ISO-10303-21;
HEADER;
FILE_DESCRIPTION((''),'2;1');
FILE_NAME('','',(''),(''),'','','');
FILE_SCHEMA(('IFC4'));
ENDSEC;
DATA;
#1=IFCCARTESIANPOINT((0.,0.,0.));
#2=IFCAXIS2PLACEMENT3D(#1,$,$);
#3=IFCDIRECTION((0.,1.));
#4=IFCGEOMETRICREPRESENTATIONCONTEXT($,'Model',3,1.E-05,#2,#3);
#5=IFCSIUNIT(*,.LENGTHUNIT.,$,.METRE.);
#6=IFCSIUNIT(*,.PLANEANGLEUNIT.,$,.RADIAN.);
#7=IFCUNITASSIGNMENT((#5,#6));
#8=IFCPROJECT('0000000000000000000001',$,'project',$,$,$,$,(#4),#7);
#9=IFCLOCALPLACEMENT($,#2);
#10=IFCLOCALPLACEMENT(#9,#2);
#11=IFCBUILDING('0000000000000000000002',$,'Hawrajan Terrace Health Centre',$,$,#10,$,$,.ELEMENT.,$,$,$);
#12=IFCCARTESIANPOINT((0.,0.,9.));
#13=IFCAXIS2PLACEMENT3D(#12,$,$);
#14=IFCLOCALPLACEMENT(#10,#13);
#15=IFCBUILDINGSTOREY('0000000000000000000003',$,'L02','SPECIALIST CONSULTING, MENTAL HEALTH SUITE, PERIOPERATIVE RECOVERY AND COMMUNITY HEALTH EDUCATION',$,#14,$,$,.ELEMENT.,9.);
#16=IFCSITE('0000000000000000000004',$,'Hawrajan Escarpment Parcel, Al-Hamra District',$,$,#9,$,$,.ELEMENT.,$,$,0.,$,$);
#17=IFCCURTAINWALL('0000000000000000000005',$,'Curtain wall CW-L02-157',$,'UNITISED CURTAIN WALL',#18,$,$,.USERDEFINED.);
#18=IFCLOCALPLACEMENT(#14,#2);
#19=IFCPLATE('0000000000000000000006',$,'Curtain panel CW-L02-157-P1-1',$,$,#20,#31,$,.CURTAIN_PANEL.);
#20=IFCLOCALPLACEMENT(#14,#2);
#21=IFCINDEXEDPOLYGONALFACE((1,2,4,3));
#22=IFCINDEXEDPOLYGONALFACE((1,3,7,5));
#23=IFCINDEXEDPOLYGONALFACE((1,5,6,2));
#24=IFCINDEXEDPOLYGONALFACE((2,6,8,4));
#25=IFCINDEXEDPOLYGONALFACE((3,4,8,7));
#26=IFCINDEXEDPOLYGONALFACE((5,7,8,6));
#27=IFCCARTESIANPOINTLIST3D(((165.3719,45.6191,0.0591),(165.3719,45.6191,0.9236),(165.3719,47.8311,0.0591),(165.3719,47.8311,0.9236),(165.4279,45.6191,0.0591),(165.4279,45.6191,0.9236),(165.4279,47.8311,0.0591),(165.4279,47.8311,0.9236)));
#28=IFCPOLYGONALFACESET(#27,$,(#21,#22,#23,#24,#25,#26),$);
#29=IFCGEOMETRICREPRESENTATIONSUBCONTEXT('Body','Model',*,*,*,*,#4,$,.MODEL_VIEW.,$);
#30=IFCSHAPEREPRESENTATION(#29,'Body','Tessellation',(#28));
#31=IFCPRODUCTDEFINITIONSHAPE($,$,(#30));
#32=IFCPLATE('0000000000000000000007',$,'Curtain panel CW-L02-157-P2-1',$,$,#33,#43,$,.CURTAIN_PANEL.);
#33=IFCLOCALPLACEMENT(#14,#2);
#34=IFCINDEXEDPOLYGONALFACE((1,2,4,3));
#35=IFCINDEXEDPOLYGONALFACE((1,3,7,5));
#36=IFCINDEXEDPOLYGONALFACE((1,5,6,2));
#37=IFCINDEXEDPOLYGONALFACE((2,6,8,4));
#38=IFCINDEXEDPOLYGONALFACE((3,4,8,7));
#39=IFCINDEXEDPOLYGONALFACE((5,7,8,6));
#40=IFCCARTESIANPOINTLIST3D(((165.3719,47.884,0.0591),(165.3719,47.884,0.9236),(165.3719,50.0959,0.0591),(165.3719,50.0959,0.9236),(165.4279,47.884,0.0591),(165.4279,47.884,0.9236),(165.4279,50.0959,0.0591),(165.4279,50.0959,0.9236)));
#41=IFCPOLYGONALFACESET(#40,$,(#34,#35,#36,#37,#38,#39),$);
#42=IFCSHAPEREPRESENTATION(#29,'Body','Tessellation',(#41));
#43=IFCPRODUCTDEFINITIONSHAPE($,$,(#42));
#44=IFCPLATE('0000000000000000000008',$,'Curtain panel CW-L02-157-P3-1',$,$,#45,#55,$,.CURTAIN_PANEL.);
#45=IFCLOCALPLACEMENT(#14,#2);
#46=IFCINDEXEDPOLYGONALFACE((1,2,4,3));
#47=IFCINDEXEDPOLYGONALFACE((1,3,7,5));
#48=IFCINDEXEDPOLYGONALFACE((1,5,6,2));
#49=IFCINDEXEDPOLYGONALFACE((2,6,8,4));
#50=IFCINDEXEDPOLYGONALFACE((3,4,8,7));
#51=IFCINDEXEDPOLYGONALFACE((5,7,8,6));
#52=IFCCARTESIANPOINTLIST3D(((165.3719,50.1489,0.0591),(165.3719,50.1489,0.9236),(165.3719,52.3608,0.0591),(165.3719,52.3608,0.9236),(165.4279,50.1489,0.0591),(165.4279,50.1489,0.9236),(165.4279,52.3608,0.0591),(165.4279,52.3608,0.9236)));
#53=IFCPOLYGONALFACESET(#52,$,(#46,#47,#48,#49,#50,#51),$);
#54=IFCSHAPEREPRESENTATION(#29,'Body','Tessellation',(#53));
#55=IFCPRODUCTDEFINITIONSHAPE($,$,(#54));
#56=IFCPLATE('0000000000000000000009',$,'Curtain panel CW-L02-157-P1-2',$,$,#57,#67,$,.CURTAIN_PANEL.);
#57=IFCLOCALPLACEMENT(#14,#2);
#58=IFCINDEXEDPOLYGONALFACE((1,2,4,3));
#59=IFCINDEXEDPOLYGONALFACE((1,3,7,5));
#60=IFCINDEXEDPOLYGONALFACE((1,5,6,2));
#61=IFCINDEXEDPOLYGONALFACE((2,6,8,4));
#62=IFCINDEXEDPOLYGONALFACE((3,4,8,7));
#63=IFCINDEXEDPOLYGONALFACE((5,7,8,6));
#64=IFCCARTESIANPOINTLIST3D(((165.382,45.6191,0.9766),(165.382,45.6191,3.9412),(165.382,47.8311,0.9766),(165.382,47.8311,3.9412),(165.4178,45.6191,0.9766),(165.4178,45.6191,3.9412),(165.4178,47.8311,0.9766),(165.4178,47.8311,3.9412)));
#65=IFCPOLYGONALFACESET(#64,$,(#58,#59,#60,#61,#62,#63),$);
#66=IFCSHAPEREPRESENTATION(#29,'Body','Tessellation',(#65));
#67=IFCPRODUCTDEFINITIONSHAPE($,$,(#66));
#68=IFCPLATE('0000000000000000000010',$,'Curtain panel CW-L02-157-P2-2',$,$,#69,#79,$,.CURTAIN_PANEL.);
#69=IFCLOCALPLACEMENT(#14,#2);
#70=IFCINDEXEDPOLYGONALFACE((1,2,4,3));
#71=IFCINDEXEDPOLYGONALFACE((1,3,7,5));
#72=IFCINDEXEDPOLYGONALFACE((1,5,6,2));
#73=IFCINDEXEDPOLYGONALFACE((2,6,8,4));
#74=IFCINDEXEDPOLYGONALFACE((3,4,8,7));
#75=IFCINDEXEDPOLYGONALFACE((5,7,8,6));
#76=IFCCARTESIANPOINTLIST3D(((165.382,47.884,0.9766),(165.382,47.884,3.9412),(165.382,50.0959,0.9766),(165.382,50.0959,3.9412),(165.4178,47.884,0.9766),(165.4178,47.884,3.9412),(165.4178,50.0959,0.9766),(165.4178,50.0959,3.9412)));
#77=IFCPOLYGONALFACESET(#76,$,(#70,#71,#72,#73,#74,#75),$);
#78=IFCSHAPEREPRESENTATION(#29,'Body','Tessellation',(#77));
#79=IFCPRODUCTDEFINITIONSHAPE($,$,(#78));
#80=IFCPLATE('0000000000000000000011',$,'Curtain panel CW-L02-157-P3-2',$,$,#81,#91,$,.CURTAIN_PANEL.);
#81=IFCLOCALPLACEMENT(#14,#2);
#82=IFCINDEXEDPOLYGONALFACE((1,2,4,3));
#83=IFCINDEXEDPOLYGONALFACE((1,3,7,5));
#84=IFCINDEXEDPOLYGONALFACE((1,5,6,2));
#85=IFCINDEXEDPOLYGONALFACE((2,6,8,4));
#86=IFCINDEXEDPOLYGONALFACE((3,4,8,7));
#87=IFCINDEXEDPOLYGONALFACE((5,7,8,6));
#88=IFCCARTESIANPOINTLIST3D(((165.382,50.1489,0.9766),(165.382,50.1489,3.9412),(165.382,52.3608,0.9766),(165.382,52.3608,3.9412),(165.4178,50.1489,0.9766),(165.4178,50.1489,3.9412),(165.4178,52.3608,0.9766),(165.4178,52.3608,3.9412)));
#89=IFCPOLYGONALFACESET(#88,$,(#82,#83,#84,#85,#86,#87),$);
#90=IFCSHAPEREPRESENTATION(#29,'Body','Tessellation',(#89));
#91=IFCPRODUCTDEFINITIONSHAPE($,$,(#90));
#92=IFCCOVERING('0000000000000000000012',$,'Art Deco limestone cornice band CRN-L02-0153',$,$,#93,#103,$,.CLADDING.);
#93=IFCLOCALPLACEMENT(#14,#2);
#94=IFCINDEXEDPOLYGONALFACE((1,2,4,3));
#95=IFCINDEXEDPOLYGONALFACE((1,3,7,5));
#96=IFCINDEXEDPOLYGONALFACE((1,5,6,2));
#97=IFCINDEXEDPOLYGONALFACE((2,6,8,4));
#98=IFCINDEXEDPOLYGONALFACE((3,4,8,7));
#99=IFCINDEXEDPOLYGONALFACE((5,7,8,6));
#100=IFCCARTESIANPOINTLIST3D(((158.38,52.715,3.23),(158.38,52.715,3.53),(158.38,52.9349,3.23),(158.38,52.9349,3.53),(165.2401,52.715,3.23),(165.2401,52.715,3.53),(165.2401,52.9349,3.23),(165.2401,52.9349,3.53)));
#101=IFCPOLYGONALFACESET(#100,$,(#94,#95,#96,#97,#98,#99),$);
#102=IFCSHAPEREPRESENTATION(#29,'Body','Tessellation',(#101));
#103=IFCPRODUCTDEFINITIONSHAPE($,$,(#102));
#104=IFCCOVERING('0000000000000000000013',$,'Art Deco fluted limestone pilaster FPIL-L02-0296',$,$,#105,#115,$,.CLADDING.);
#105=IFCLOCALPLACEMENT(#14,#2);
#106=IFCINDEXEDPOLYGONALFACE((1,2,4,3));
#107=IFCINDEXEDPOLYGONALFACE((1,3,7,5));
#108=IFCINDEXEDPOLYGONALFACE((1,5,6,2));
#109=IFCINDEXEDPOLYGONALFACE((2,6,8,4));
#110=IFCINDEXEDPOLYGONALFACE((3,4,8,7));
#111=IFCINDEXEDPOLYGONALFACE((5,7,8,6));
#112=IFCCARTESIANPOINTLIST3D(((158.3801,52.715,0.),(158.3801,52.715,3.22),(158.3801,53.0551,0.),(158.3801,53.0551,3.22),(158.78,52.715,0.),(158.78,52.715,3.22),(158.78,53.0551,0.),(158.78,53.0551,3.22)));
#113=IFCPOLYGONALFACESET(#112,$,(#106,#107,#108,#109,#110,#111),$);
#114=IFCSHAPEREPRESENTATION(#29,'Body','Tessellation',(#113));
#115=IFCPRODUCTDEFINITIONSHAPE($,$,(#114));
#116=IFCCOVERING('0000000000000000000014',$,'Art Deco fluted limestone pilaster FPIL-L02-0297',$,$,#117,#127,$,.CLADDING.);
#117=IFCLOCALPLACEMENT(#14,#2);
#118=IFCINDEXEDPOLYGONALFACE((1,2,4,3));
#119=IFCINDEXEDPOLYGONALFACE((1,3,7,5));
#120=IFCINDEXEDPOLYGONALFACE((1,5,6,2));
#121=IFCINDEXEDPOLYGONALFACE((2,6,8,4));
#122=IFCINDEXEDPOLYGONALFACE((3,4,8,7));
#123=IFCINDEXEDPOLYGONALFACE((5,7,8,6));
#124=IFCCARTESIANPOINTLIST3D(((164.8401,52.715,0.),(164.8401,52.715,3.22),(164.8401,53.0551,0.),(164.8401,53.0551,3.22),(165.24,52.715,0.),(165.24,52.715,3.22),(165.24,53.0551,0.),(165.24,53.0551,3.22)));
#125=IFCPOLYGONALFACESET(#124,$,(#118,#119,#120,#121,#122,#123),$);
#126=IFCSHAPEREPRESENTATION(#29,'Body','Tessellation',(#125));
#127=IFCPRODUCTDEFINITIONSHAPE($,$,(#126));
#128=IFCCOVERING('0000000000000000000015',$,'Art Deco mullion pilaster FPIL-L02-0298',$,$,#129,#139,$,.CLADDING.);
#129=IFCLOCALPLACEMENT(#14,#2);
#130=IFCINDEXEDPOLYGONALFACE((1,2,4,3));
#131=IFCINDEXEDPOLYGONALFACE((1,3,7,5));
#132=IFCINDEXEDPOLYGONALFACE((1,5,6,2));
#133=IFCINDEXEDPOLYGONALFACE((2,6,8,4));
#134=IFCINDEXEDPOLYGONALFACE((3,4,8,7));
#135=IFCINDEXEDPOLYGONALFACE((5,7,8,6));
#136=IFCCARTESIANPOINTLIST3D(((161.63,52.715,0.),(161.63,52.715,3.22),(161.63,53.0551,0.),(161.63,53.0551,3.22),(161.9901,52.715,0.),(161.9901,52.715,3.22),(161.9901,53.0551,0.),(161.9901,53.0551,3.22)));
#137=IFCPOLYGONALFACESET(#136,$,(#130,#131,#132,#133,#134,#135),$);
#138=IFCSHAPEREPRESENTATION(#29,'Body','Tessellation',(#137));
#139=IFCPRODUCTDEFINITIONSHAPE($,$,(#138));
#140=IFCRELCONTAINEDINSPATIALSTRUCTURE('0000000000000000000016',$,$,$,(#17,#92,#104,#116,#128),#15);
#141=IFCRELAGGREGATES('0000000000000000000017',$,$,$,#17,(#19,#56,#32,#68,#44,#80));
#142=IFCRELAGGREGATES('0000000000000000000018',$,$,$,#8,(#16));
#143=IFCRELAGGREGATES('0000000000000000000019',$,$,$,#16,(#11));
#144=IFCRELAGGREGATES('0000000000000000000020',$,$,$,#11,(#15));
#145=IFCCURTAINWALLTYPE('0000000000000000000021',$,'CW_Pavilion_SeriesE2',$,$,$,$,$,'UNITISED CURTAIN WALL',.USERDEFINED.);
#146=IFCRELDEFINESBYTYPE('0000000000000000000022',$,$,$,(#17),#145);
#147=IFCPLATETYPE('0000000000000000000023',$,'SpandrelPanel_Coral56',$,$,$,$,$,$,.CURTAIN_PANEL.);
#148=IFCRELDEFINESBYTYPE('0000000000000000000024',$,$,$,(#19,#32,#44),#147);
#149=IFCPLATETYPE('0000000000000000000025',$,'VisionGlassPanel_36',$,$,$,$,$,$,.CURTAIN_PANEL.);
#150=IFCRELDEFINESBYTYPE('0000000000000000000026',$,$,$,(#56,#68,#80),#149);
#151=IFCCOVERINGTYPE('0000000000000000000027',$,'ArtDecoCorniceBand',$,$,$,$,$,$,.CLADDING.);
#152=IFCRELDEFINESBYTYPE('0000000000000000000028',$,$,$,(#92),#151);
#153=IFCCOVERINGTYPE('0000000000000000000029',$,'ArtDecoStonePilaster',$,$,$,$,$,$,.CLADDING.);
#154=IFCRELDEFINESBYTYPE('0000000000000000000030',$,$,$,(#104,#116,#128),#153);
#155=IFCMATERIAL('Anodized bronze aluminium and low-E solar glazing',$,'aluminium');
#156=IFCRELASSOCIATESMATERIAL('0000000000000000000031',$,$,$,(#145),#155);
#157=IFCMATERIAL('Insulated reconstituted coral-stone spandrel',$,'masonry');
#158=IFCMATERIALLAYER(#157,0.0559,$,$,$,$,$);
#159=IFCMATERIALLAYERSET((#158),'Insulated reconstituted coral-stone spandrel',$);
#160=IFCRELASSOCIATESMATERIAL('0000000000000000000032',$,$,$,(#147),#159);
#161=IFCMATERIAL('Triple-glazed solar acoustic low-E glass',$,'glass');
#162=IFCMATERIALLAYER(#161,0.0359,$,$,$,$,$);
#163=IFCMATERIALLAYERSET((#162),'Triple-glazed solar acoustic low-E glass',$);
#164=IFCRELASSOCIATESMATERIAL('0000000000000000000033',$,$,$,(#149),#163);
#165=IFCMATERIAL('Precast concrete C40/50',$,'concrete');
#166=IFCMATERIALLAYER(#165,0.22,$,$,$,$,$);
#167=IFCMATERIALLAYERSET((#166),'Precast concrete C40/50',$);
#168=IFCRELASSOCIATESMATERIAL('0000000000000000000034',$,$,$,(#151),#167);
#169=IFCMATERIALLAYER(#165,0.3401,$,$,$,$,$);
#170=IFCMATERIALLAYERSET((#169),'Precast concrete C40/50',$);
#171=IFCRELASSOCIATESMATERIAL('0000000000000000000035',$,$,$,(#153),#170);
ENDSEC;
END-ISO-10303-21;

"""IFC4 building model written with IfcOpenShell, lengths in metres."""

from ifc_helpers import new_model, si_unit, direction, frame, origin, origin_2d, place, context, subcontext, project, spatial, rectangle, extrude, material, layer, layer_set, type_object, element, aggregate, save


model = new_model("IFC4")

# Units and contexts
model_context = context("Model", 3, precision=1e-05, world=origin(), true_north=direction((0.0, 1.0)))
body_context = subcontext(model_context, "Body", "Model", "MODEL_VIEW")
ifc_project = project(units=[si_unit("LENGTHUNIT", "METRE"), si_unit("PLANEANGLEUNIT", "RADIAN")], contexts=[model_context])

# Site, building, storey
site_placement = place(None, origin())
site = spatial("IfcSite", under=ifc_project, at=site_placement, Name="Hawrajan Escarpment Parcel, Al-Hamra District", CompositionType="ELEMENT", RefElevation=0.0)
building_placement = place(site_placement, origin())
building = spatial("IfcBuilding", under=site, at=building_placement, Name="Hawrajan Terrace Health Centre", CompositionType="ELEMENT")
storey_placement = place(building_placement, frame((0.0, 0.0, 9.0)))
storey = spatial("IfcBuildingStorey", under=building, at=storey_placement, Name="L02", Description="SPECIALIST CONSULTING, MENTAL HEALTH SUITE, PERIOPERATIVE RECOVERY AND COMMUNITY HEALTH EDUCATION", CompositionType="ELEMENT", Elevation=9.0)

# Curtain wall, plates
ifc_material_1 = material(Name="Anodized bronze aluminium and low-E solar glazing", Category="aluminium")
curtain_wall_type = type_object("IfcCurtainWallType", Name="CW_Pavilion_SeriesE2", ElementType="UNITISED CURTAIN WALL", PredefinedType="USERDEFINED", material=ifc_material_1)
curtain_wall_placement = place(storey_placement, origin())
curtain_wall = element("IfcCurtainWall", 1, at=curtain_wall_placement, inside=storey, type_object=curtain_wall_type, Name="Curtain wall CW-L02-157", ObjectType="UNITISED CURTAIN WALL", PredefinedType="USERDEFINED")
ifc_material_2 = material(Name="Insulated reconstituted coral-stone spandrel", Category="masonry")
ifc_layer_1 = layer(ifc_material_2, 0.0559)
ifc_layer_set_1 = layer_set([ifc_layer_1], Name="Insulated reconstituted coral-stone spandrel")
plate_type_1 = type_object("IfcPlateType", Name="SpandrelPanel_Coral56", PredefinedType="CURTAIN_PANEL", material=ifc_layer_set_1)
plate_1_placement = place(storey_placement, frame((165.3999, 46.7251, 0.0591), z_axis=(0.0, 0.0, 1.0), x_axis=(0.0, 1.0, 0.0)))
plate_1 = element("IfcPlate", 2, at=plate_1_placement, type_object=plate_type_1, Name="Curtain panel CW-L02-157-P1-1", PredefinedType="CURTAIN_PANEL", context=body_context, shape_type="SweptSolid", body=[
    extrude(rectangle(XDim=2.2119, YDim=0.0559, at=origin_2d()), origin(), (0.0, 0.0, 1.0), 0.8645),
])
plate_2_placement = place(storey_placement, frame((165.3999, 48.99, 0.0591), z_axis=(0.0, 0.0, 1.0), x_axis=(0.0, 1.0, 0.0)))
plate_2 = element("IfcPlate", 3, at=plate_2_placement, type_object=plate_type_1, Name="Curtain panel CW-L02-157-P2-1", PredefinedType="CURTAIN_PANEL", context=body_context, shape_type="SweptSolid", body=[
    extrude(rectangle(XDim=2.2119, YDim=0.0559, at=origin_2d()), origin(), (0.0, 0.0, 1.0), 0.8645),
])
plate_3_placement = place(storey_placement, frame((165.3999, 51.2549, 0.0591), z_axis=(0.0, 0.0, 1.0), x_axis=(0.0, 1.0, 0.0)))
plate_3 = element("IfcPlate", 4, at=plate_3_placement, type_object=plate_type_1, Name="Curtain panel CW-L02-157-P3-1", PredefinedType="CURTAIN_PANEL", context=body_context, shape_type="SweptSolid", body=[
    extrude(rectangle(XDim=2.2119, YDim=0.0559, at=origin_2d()), origin(), (0.0, 0.0, 1.0), 0.8645),
])
ifc_material_3 = material(Name="Triple-glazed solar acoustic low-E glass", Category="glass")
ifc_layer_2 = layer(ifc_material_3, 0.0359)
ifc_layer_set_2 = layer_set([ifc_layer_2], Name="Triple-glazed solar acoustic low-E glass")
plate_type_2 = type_object("IfcPlateType", Name="VisionGlassPanel_36", PredefinedType="CURTAIN_PANEL", material=ifc_layer_set_2)
plate_4_placement = place(storey_placement, frame((165.3999, 46.7251, 0.9766), z_axis=(0.0, 0.0, 1.0), x_axis=(0.0, 1.0, 0.0)))
plate_4 = element("IfcPlate", 5, at=plate_4_placement, type_object=plate_type_2, Name="Curtain panel CW-L02-157-P1-2", PredefinedType="CURTAIN_PANEL", context=body_context, shape_type="SweptSolid", body=[
    extrude(rectangle(XDim=2.2119, YDim=0.0359, at=origin_2d()), origin(), (0.0, 0.0, 1.0), 2.9646),
])
plate_5_placement = place(storey_placement, frame((165.3999, 48.99, 0.9766), z_axis=(0.0, 0.0, 1.0), x_axis=(0.0, 1.0, 0.0)))
plate_5 = element("IfcPlate", 6, at=plate_5_placement, type_object=plate_type_2, Name="Curtain panel CW-L02-157-P2-2", PredefinedType="CURTAIN_PANEL", context=body_context, shape_type="SweptSolid", body=[
    extrude(rectangle(XDim=2.2119, YDim=0.0359, at=origin_2d()), origin(), (0.0, 0.0, 1.0), 2.9646),
])
plate_6_placement = place(storey_placement, frame((165.3999, 51.2549, 0.9766), z_axis=(0.0, 0.0, 1.0), x_axis=(0.0, 1.0, 0.0)))
plate_6 = element("IfcPlate", 7, at=plate_6_placement, type_object=plate_type_2, Name="Curtain panel CW-L02-157-P3-2", PredefinedType="CURTAIN_PANEL", context=body_context, shape_type="SweptSolid", body=[
    extrude(rectangle(XDim=2.2119, YDim=0.0359, at=origin_2d()), origin(), (0.0, 0.0, 1.0), 2.9646),
])
aggregate(curtain_wall, [plate_1, plate_4, plate_2, plate_5, plate_3, plate_6])

# Coverings
ifc_material_4 = material(Name="Precast concrete C40/50", Category="concrete")
ifc_layer_3 = layer(ifc_material_4, 0.22)
ifc_layer_set_3 = layer_set([ifc_layer_3], Name="Precast concrete C40/50")
covering_type_1 = type_object("IfcCoveringType", Name="ArtDecoCorniceBand", PredefinedType="CLADDING", material=ifc_layer_set_3)
covering_1_placement = place(storey_placement, frame((161.8101, 52.825, 3.23), z_axis=(0.0, 0.0, 1.0), x_axis=(1.0, 0.0, 0.0)))
element("IfcCovering", 8, at=covering_1_placement, inside=storey, type_object=covering_type_1, Name="Art Deco limestone cornice band CRN-L02-0153", PredefinedType="CLADDING", context=body_context, shape_type="SweptSolid", body=[
    extrude(rectangle(XDim=6.8601, YDim=0.22, at=origin_2d()), origin(), (0.0, 0.0, 1.0), 0.3),
])
ifc_layer_4 = layer(ifc_material_4, 0.3401)
ifc_layer_set_4 = layer_set([ifc_layer_4], Name="Precast concrete C40/50")
covering_type_2 = type_object("IfcCoveringType", Name="ArtDecoStonePilaster", PredefinedType="CLADDING", material=ifc_layer_set_4)
for number, where, z_axis, x_axis, name in (
    (9, (158.5801, 52.885, 0.0), (0.0, 0.0, 1.0), (1.0, 0.0, 0.0), "Art Deco fluted limestone pilaster FPIL-L02-0296"),
    (10, (165.04, 52.885, 0.0), (0.0, 0.0, 1.0), (1.0, 0.0, 0.0), "Art Deco fluted limestone pilaster FPIL-L02-0297"),
):
    element("IfcCovering", number, at=place(storey_placement, frame(where, z_axis=z_axis, x_axis=x_axis)), inside=storey, type_object=covering_type_2, Name=name, PredefinedType="CLADDING", context=body_context, shape_type="SweptSolid", body=[
        extrude(rectangle(XDim=0.3999, YDim=0.3401, at=origin_2d()), origin(), (0.0, 0.0, 1.0), 3.22),
    ])
covering_2_placement = place(storey_placement, frame((161.8101, 52.885, 0.0), z_axis=(0.0, 0.0, 1.0), x_axis=(1.0, 0.0, 0.0)))
element("IfcCovering", 11, at=covering_2_placement, inside=storey, type_object=covering_type_2, Name="Art Deco mullion pilaster FPIL-L02-0298", PredefinedType="CLADDING", context=body_context, shape_type="SweptSolid", body=[
    extrude(rectangle(XDim=0.3601, YDim=0.3401, at=origin_2d()), origin(), (0.0, 0.0, 1.0), 3.22),
])

save(model, "model.ifc")
